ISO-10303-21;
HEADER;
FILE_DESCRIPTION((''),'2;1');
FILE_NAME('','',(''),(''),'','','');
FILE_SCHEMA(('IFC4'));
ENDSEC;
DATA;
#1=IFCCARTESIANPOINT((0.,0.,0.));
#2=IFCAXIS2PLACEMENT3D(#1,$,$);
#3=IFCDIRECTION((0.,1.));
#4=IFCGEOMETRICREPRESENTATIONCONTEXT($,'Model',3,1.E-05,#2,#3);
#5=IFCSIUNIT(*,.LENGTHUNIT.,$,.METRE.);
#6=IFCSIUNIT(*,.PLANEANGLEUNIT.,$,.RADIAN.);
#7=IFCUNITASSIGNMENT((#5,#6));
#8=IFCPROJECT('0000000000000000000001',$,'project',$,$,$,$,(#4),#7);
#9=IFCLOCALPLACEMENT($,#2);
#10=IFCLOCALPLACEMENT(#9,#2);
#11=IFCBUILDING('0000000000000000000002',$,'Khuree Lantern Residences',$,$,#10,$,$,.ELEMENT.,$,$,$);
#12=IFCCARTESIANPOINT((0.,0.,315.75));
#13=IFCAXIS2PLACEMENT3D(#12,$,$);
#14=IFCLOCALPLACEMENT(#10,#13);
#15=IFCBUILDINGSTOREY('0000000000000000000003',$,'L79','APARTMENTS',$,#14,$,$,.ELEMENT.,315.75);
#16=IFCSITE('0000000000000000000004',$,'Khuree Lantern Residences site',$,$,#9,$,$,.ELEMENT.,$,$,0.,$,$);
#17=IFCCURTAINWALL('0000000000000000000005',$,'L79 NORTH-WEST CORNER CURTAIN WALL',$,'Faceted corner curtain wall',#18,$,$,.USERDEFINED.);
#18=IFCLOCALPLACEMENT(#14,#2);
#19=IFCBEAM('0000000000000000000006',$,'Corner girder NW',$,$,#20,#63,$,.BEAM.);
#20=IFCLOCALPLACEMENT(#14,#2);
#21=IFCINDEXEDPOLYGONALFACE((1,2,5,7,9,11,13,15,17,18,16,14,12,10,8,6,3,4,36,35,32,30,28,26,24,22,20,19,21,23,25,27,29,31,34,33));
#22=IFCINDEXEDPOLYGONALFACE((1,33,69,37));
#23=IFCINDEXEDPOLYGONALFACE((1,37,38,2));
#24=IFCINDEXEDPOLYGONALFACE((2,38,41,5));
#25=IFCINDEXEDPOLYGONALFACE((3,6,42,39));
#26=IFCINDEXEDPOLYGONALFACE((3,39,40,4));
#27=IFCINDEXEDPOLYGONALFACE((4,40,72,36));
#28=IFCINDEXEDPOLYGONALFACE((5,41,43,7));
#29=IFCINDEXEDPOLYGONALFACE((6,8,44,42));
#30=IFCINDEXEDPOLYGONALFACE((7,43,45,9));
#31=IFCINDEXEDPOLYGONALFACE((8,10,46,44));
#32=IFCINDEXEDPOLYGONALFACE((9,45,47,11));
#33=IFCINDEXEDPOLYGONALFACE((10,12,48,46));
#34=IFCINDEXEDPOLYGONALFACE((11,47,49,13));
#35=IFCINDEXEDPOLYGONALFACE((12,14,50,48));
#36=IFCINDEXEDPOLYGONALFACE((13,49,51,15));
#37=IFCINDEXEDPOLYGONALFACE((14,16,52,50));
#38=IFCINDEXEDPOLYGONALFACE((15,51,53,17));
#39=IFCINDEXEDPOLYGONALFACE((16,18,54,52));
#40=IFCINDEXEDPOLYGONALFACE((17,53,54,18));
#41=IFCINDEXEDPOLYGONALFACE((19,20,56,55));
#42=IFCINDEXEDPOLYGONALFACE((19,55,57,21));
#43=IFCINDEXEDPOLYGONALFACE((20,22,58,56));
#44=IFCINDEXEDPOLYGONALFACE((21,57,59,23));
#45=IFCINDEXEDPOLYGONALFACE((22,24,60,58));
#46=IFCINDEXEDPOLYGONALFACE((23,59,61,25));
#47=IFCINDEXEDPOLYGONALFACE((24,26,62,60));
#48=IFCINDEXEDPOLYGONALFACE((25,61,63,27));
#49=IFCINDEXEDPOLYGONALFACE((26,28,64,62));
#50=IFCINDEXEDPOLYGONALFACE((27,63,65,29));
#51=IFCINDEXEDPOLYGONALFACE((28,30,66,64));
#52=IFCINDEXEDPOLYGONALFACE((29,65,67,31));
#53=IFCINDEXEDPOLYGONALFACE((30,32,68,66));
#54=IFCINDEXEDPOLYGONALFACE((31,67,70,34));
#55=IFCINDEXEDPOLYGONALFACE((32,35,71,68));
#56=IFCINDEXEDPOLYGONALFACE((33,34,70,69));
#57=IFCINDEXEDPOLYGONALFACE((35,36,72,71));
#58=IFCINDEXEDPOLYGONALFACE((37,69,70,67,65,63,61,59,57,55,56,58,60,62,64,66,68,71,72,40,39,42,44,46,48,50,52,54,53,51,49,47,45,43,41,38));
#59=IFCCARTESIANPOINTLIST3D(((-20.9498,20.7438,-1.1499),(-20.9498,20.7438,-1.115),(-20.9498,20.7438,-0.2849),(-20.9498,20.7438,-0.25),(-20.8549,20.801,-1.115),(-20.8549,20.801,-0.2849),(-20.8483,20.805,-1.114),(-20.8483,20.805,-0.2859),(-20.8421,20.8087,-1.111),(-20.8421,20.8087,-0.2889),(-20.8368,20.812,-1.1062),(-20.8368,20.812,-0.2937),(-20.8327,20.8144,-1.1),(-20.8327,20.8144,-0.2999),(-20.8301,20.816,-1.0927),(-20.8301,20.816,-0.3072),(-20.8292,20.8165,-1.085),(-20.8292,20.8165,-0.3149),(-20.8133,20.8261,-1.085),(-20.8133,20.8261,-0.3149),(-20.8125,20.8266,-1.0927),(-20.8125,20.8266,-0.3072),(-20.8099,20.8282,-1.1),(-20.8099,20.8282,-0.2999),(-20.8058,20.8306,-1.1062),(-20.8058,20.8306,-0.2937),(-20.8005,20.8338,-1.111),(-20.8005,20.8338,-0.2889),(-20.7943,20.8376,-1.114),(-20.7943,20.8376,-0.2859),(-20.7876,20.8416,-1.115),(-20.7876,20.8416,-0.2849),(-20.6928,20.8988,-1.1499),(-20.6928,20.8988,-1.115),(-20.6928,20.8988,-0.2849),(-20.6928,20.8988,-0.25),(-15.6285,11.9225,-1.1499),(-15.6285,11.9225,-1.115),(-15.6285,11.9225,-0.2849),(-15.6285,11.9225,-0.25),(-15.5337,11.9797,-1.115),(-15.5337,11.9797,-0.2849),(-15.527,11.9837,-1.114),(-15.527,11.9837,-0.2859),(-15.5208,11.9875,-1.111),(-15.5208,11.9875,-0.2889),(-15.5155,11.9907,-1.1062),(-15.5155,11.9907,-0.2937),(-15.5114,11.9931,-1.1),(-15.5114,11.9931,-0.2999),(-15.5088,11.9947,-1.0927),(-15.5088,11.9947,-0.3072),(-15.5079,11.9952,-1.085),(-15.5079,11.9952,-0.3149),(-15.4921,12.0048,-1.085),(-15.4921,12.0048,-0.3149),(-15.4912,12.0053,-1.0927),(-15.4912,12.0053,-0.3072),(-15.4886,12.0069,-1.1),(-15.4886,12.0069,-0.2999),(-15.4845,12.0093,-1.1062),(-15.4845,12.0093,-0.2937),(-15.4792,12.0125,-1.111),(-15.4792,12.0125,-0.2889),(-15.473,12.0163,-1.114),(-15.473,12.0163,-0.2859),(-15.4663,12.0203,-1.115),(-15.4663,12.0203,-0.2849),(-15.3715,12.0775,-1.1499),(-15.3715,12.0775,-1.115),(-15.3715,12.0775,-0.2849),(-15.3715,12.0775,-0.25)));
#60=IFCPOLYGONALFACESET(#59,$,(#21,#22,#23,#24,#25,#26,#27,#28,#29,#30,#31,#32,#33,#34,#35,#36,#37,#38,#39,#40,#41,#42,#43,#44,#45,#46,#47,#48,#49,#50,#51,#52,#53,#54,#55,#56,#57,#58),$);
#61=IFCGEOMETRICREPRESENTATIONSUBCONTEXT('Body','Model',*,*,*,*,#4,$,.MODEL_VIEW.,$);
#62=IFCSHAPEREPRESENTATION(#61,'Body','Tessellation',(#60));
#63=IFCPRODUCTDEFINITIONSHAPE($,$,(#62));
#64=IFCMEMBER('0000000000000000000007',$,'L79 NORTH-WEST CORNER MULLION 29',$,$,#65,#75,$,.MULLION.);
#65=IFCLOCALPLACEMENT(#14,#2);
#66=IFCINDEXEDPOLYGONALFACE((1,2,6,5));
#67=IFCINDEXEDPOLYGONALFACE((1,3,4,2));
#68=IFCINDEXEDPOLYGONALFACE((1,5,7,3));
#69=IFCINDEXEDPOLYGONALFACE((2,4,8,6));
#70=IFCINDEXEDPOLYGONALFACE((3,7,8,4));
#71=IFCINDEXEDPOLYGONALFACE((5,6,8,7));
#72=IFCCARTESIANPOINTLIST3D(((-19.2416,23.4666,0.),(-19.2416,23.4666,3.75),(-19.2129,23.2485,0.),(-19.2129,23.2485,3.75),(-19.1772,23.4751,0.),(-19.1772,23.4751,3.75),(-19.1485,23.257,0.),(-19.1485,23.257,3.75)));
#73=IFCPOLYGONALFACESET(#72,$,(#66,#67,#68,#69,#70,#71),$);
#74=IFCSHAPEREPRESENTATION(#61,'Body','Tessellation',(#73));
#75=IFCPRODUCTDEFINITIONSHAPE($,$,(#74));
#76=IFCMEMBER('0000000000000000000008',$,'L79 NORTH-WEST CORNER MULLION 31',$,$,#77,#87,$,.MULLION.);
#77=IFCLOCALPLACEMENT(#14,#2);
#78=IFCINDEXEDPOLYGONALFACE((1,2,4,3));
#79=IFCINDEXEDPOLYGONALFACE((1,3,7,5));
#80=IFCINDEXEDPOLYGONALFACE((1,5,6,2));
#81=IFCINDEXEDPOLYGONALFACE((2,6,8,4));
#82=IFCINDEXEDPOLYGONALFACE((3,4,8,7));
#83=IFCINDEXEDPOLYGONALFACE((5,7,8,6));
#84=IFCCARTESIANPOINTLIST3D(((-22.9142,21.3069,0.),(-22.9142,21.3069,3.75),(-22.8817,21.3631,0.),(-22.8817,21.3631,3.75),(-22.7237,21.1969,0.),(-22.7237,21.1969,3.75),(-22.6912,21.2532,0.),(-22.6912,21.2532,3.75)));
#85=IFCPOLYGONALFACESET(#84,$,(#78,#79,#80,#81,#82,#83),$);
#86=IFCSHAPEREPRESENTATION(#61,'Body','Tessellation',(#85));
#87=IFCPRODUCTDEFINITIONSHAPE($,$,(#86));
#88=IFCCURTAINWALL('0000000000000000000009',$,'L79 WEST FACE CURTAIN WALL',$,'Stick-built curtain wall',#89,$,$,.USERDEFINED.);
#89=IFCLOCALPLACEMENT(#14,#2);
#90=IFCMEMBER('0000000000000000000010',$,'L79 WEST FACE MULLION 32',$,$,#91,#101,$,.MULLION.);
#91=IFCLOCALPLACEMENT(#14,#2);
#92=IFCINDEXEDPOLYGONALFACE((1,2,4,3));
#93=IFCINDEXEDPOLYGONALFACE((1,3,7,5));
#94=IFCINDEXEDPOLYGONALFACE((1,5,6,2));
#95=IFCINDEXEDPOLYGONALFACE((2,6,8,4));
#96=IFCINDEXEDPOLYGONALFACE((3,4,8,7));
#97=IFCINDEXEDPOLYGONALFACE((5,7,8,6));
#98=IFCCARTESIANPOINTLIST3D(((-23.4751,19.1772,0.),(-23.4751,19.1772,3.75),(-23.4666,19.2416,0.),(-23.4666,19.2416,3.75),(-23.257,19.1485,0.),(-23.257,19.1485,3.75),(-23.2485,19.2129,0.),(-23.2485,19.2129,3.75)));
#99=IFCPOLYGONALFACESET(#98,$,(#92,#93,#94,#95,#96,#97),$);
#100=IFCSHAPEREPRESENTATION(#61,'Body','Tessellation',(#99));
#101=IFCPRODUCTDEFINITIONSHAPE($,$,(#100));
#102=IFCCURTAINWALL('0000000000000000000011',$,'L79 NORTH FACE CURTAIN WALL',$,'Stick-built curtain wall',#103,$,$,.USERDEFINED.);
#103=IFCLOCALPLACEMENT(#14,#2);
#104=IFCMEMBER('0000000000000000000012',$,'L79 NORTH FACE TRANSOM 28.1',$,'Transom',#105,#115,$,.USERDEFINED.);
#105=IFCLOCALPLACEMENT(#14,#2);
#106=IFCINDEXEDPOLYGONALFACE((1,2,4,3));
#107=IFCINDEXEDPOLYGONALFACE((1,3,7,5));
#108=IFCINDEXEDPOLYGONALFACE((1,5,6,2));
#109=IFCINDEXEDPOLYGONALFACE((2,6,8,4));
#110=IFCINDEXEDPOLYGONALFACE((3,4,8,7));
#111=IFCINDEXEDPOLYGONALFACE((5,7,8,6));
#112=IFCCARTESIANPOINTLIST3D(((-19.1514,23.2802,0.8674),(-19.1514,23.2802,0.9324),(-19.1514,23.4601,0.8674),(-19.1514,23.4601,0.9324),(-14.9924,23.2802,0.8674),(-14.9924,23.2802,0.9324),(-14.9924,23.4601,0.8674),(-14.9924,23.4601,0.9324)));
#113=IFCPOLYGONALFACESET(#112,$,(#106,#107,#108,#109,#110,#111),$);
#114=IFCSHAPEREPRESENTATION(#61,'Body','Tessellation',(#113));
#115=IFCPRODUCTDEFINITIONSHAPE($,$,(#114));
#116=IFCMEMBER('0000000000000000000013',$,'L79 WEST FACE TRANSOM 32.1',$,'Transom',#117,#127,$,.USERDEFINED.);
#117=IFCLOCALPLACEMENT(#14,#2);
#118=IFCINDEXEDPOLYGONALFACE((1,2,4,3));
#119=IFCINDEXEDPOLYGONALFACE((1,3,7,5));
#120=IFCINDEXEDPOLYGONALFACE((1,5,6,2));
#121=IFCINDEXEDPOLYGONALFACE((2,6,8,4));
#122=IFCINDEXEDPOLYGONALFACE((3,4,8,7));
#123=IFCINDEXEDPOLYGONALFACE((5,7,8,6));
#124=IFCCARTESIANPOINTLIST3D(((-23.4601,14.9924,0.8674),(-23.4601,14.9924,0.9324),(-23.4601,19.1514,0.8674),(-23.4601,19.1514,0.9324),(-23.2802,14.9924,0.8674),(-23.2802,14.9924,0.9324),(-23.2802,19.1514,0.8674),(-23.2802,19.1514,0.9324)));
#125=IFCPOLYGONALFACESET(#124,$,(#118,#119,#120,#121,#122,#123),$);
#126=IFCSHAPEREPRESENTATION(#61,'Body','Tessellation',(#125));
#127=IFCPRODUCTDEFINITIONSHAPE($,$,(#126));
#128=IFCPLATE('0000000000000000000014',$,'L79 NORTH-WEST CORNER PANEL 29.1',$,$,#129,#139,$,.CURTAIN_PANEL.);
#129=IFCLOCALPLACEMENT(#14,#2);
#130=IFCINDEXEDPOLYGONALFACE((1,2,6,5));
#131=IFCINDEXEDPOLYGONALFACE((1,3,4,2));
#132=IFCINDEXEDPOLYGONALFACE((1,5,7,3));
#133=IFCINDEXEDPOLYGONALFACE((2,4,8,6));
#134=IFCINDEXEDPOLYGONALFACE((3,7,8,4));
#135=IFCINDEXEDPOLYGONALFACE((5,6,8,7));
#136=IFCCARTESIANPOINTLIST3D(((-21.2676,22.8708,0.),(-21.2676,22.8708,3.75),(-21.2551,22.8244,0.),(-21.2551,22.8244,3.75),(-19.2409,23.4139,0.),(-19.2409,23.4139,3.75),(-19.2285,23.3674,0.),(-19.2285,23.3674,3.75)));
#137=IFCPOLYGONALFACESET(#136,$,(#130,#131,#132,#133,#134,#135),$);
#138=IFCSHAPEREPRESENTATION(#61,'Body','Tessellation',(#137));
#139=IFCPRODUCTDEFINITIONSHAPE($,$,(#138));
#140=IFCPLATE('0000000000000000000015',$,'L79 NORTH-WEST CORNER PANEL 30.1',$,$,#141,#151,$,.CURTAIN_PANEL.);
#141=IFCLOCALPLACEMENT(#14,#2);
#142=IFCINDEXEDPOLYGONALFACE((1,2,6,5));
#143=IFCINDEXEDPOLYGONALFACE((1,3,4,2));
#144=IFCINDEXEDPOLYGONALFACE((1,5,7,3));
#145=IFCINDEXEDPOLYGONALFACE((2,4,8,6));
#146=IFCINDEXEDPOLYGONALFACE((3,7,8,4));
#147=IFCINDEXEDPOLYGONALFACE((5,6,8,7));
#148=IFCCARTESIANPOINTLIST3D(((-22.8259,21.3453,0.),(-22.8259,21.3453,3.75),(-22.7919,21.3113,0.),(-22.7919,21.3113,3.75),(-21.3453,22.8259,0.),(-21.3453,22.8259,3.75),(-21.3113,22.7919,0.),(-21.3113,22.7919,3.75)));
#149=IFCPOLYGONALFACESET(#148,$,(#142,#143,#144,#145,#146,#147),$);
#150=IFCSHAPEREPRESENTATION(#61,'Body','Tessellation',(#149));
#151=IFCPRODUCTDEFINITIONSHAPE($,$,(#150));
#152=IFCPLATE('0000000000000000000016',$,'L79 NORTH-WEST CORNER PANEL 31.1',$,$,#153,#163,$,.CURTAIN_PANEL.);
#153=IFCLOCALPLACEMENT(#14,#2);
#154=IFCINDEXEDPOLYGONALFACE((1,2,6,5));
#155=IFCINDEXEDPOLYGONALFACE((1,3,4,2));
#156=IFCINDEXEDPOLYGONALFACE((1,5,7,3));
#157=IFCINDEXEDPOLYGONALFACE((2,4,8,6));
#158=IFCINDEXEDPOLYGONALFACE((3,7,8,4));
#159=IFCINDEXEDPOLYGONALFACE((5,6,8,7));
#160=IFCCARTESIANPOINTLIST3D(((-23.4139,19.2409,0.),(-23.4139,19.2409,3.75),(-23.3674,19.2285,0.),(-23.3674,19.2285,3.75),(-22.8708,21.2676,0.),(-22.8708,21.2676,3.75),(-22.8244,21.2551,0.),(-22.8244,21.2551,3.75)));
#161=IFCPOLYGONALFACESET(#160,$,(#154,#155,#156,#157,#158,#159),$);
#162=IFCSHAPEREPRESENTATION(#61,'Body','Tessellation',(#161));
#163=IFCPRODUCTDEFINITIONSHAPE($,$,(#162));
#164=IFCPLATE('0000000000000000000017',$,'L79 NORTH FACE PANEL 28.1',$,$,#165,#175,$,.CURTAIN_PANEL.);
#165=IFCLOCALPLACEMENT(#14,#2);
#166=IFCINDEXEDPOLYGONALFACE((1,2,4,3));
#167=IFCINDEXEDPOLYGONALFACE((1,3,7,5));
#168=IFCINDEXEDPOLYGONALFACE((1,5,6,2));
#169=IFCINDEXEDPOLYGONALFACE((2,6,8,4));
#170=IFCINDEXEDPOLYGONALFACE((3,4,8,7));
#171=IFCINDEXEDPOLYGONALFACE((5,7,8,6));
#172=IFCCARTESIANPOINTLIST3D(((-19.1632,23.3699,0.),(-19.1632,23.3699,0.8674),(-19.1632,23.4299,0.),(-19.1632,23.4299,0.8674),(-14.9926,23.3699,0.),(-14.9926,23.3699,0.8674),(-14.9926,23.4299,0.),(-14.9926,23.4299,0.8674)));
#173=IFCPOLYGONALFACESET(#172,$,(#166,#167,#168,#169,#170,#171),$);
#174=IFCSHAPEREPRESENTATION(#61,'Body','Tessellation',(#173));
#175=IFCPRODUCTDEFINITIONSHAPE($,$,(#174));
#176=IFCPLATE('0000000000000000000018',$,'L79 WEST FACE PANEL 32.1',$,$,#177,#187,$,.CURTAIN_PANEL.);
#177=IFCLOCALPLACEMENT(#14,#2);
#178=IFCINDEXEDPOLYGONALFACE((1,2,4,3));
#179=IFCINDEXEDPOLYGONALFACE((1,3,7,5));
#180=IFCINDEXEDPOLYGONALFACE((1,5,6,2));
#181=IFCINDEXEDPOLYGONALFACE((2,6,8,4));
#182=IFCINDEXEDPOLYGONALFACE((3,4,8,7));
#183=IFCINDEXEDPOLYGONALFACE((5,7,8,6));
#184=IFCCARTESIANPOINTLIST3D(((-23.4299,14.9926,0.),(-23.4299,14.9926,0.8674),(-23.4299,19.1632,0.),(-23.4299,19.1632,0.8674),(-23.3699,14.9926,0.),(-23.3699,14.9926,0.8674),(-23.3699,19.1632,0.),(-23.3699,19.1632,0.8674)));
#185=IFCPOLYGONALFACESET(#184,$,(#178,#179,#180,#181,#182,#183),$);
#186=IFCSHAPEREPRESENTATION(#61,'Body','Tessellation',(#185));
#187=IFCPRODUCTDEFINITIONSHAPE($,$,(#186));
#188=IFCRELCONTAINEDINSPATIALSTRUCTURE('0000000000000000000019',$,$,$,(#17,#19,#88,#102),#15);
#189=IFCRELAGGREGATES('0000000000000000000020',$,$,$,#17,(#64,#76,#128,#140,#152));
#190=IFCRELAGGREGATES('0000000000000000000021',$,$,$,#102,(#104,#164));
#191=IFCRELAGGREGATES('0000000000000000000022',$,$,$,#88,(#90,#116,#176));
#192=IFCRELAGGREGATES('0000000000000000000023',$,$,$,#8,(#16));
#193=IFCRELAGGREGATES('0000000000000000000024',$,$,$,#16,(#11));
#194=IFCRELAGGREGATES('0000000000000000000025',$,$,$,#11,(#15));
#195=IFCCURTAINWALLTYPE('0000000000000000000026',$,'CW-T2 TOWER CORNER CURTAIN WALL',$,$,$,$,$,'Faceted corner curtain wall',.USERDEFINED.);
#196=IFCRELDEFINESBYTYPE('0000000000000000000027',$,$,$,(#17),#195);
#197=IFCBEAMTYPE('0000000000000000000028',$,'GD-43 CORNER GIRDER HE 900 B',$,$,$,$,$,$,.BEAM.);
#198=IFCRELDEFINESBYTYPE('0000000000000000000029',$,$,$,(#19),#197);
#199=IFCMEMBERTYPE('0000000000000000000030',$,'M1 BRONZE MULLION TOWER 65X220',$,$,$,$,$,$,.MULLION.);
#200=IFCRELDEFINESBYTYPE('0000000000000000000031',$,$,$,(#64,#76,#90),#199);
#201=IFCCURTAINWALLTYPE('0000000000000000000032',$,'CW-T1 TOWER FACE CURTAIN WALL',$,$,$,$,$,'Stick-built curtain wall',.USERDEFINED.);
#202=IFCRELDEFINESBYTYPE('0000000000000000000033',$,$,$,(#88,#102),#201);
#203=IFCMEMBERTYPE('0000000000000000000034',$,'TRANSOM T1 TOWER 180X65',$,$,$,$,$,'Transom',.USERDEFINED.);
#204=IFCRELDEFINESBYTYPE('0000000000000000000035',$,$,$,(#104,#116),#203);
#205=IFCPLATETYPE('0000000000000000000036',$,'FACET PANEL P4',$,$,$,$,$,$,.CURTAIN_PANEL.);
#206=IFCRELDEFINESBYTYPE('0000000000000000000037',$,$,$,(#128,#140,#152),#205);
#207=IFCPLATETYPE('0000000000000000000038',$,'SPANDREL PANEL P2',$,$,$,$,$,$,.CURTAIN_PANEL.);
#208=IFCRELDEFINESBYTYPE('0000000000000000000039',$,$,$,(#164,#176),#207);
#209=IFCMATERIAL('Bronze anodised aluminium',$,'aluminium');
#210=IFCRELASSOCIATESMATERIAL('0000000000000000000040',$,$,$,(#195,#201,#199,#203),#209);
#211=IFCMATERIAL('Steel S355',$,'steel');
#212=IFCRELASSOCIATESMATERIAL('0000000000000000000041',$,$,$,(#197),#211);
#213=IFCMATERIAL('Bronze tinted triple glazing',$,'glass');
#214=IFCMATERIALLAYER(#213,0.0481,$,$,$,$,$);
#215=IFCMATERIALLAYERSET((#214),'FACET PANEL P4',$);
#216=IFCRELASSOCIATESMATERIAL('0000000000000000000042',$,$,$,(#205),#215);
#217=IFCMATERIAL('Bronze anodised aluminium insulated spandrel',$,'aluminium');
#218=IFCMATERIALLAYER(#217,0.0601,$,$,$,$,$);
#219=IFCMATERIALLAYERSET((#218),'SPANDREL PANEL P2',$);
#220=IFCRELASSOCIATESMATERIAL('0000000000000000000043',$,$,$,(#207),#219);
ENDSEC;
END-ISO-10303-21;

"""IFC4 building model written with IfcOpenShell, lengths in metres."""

from ifc_helpers import new_model, si_unit, direction, frame, origin, origin_2d, place, context, subcontext, project, spatial, rectangle, i_section, extrude, material, layer, layer_set, material_profile, profile_set, type_object, element, aggregate, save


model = new_model("IFC4")

# Units and contexts
model_context = context("Model", 3, precision=1e-05, world=origin(), true_north=direction((0.0, 1.0)))
body_context = subcontext(model_context, "Body", "Model", "MODEL_VIEW")
ifc_project = project(units=[si_unit("LENGTHUNIT", "METRE"), si_unit("PLANEANGLEUNIT", "RADIAN")], contexts=[model_context])

# Site, building, storey
site_placement = place(None, origin())
site = spatial("IfcSite", under=ifc_project, at=site_placement, Name="Khuree Lantern Residences site", CompositionType="ELEMENT", RefElevation=0.0)
building_placement = place(site_placement, origin())
building = spatial("IfcBuilding", under=site, at=building_placement, Name="Khuree Lantern Residences", CompositionType="ELEMENT")
storey_placement = place(building_placement, frame((0.0, 0.0, 315.75)))
storey = spatial("IfcBuildingStorey", under=building, at=storey_placement, Name="L79", Description="APARTMENTS", CompositionType="ELEMENT", Elevation=315.75)

# Shared definitions
ifc_material_1 = material(Name="Steel S355", Category="steel")

# Curtain wall
ifc_material_2 = material(Name="Bronze anodised aluminium", Category="aluminium")
curtain_wall_type_1 = type_object("IfcCurtainWallType", Name="CW-T2 TOWER CORNER CURTAIN WALL", ElementType="Faceted corner curtain wall", PredefinedType="USERDEFINED", material=ifc_material_2)
curtain_wall_1_placement = place(storey_placement, origin())
curtain_wall_1 = element("IfcCurtainWall", 1, at=curtain_wall_1_placement, inside=storey, type_object=curtain_wall_type_1, Name="L79 NORTH-WEST CORNER CURTAIN WALL", ObjectType="Faceted corner curtain wall", PredefinedType="USERDEFINED")

# Beam
ifc_material_profile_1 = material_profile(ifc_material_1, i_section(OverallWidth=0.3, OverallDepth=0.8999, WebThickness=0.0186, FlangeThickness=0.0349, FilletRadius=0.03, at=origin_2d()), Name="HE 900 B")
ifc_profile_set_1 = profile_set([ifc_material_profile_1], Name="Steel S355")
beam_type_1 = type_object("IfcBeamType", Name="GD-43 CORNER GIRDER HE 900 B", PredefinedType="BEAM", material=ifc_profile_set_1)
beam_1_placement = place(storey_placement, frame((-20.8213, 20.8213, -0.7), z_axis=(0.51653, -0.856269, 0.0), x_axis=(0.856269, 0.51653, 0.0)))
element("IfcBeam", 2, at=beam_1_placement, inside=storey, type_object=beam_type_1, Name="Corner girder NW", PredefinedType="BEAM", context=body_context, shape_type="SweptSolid", body=[
    extrude(i_section(OverallWidth=0.3, OverallDepth=0.8999, WebThickness=0.0186, FlangeThickness=0.0349, FilletRadius=0.03, at=origin_2d()), origin(), (0.0, 0.0, 1.0), 10.302),
])

# Members
ifc_material_profile_2 = material_profile(ifc_material_2, rectangle(XDim=0.0649, YDim=0.22, at=origin_2d()), Name="M1 65X220")
ifc_profile_set_2 = profile_set([ifc_material_profile_2], Name="Bronze anodised aluminium")
member_type_1 = type_object("IfcMemberType", Name="M1 BRONZE MULLION TOWER 65X220", PredefinedType="MULLION", material=ifc_profile_set_2)
member_1_placement = place(storey_placement, frame((-19.1951, 23.3618, 0.0), z_axis=(0.0, 0.0, 1.0), x_axis=(-0.991445, -0.130526, 0.0)))
member_1 = element("IfcMember", 3, at=member_1_placement, type_object=member_type_1, Name="L79 NORTH-WEST CORNER MULLION 29", PredefinedType="MULLION", context=body_context, shape_type="SweptSolid", body=[
    extrude(rectangle(XDim=0.0649, YDim=0.22, at=origin_2d()), origin(), (0.0, 0.0, 1.0), 3.75),
])
member_2_placement = place(storey_placement, frame((-22.8027, 21.28, 0.0), z_axis=(0.0, 0.0, 1.0), x_axis=(-0.5, -0.866025, 0.0)))
member_2 = element("IfcMember", 4, at=member_2_placement, type_object=member_type_1, Name="L79 NORTH-WEST CORNER MULLION 31", PredefinedType="MULLION", context=body_context, shape_type="SweptSolid", body=[
    extrude(rectangle(XDim=0.0649, YDim=0.22, at=origin_2d()), origin(), (0.0, 0.0, 1.0), 3.75),
])

# Curtain walls, members
curtain_wall_type_2 = type_object("IfcCurtainWallType", Name="CW-T1 TOWER FACE CURTAIN WALL", ElementType="Stick-built curtain wall", PredefinedType="USERDEFINED", material=ifc_material_2)
curtain_wall_2_placement = place(storey_placement, origin())
curtain_wall_2 = element("IfcCurtainWall", 5, at=curtain_wall_2_placement, inside=storey, type_object=curtain_wall_type_2, Name="L79 WEST FACE CURTAIN WALL", ObjectType="Stick-built curtain wall", PredefinedType="USERDEFINED")
member_3_placement = place(storey_placement, frame((-23.3618, 19.1951, 0.0), z_axis=(0.0, 0.0, 1.0), x_axis=(-0.130526, -0.991445, 0.0)))
member_3 = element("IfcMember", 6, at=member_3_placement, type_object=member_type_1, Name="L79 WEST FACE MULLION 32", PredefinedType="MULLION", context=body_context, shape_type="SweptSolid", body=[
    extrude(rectangle(XDim=0.0649, YDim=0.22, at=origin_2d()), origin(), (0.0, 0.0, 1.0), 3.75),
])
curtain_wall_3_placement = place(storey_placement, origin())
curtain_wall_3 = element("IfcCurtainWall", 7, at=curtain_wall_3_placement, inside=storey, type_object=curtain_wall_type_2, Name="L79 NORTH FACE CURTAIN WALL", ObjectType="Stick-built curtain wall", PredefinedType="USERDEFINED")
ifc_material_profile_3 = material_profile(ifc_material_2, rectangle(XDim=0.1799, YDim=0.0649, at=origin_2d()), Name="T1 180X65")
ifc_profile_set_3 = profile_set([ifc_material_profile_3], Name="Bronze anodised aluminium")
member_type_2 = type_object("IfcMemberType", Name="TRANSOM T1 TOWER 180X65", ElementType="Transom", PredefinedType="USERDEFINED", material=ifc_profile_set_3)
member_4_placement = place(storey_placement, frame((-14.9924, 23.3701, 0.8999), z_axis=(-1.0, 0.0, 0.0), x_axis=(0.0, -1.0, 0.0)))
member_4 = element("IfcMember", 8, at=member_4_placement, type_object=member_type_2, Name="L79 NORTH FACE TRANSOM 28.1", ObjectType="Transom", PredefinedType="USERDEFINED", context=body_context, shape_type="SweptSolid", body=[
    extrude(rectangle(XDim=0.1799, YDim=0.0649, at=origin_2d()), origin(), (0.0, 0.0, 1.0), 4.1589),
])

# Member
member_5_placement = place(storey_placement, frame((-23.3701, 19.1514, 0.8999), z_axis=(0.0, -1.0, 0.0), x_axis=(1.0, 0.0, 0.0)))
member_5 = element("IfcMember", 9, at=member_5_placement, type_object=member_type_2, Name="L79 WEST FACE TRANSOM 32.1", ObjectType="Transom", PredefinedType="USERDEFINED", context=body_context, shape_type="SweptSolid", body=[
    extrude(rectangle(XDim=0.1799, YDim=0.0649, at=origin_2d()), origin(), (0.0, 0.0, 1.0), 4.1589),
])

# Plates
ifc_material_3 = material(Name="Bronze tinted triple glazing", Category="glass")
ifc_layer_1 = layer(ifc_material_3, 0.0481)
ifc_layer_set_1 = layer_set([ifc_layer_1], Name="FACET PANEL P4")
plate_type_1 = type_object("IfcPlateType", Name="FACET PANEL P4", PredefinedType="CURTAIN_PANEL", material=ifc_layer_set_1)
plate_1_placement = place(storey_placement, frame((-20.248, 23.1191, 0.0), z_axis=(0.0, 0.0, 1.0), x_axis=(-0.965926, -0.258819, 0.0)))
plate_1 = element("IfcPlate", 10, at=plate_1_placement, type_object=plate_type_1, Name="L79 NORTH-WEST CORNER PANEL 29.1", PredefinedType="CURTAIN_PANEL", context=body_context, shape_type="SweptSolid", body=[
    extrude(rectangle(XDim=2.0981, YDim=0.0481, at=origin_2d()), origin(), (0.0, 0.0, 1.0), 3.75),
])
plate_2_placement = place(storey_placement, frame((-22.0686, 22.0686, 0.0), z_axis=(0.0, 0.0, 1.0), x_axis=(-0.707107, -0.707107, 0.0)))
plate_2 = element("IfcPlate", 11, at=plate_2_placement, type_object=plate_type_1, Name="L79 NORTH-WEST CORNER PANEL 30.1", PredefinedType="CURTAIN_PANEL", context=body_context, shape_type="SweptSolid", body=[
    extrude(rectangle(XDim=2.094, YDim=0.0481, at=origin_2d()), origin(), (0.0, 0.0, 1.0), 3.75),
])
plate_3_placement = place(storey_placement, frame((-23.1191, 20.248, 0.0), z_axis=(0.0, 0.0, 1.0), x_axis=(-0.258819, -0.965926, 0.0)))
plate_3 = element("IfcPlate", 12, at=plate_3_placement, type_object=plate_type_1, Name="L79 NORTH-WEST CORNER PANEL 31.1", PredefinedType="CURTAIN_PANEL", context=body_context, shape_type="SweptSolid", body=[
    extrude(rectangle(XDim=2.0981, YDim=0.0481, at=origin_2d()), origin(), (0.0, 0.0, 1.0), 3.75),
])
aggregate(curtain_wall_1, [member_1, member_2, plate_1, plate_2, plate_3])
ifc_material_4 = material(Name="Bronze anodised aluminium insulated spandrel", Category="aluminium")
ifc_layer_2 = layer(ifc_material_4, 0.0601)
ifc_layer_set_2 = layer_set([ifc_layer_2], Name="SPANDREL PANEL P2")
plate_type_2 = type_object("IfcPlateType", Name="SPANDREL PANEL P2", PredefinedType="CURTAIN_PANEL", material=ifc_layer_set_2)
plate_4_placement = place(storey_placement, frame((-17.0779, 23.3999, 0.0), z_axis=(0.0, 0.0, 1.0), x_axis=(-1.0, 0.0, 0.0)))
plate_4 = element("IfcPlate", 13, at=plate_4_placement, type_object=plate_type_2, Name="L79 NORTH FACE PANEL 28.1", PredefinedType="CURTAIN_PANEL", context=body_context, shape_type="SweptSolid", body=[
    extrude(rectangle(XDim=4.1707, YDim=0.0601, at=origin_2d()), origin(), (0.0, 0.0, 1.0), 0.8674),
])
plate_5_placement = place(storey_placement, frame((-23.3999, 17.0779, 0.0), z_axis=(0.0, 0.0, 1.0), x_axis=(0.0, -1.0, 0.0)))
plate_5 = element("IfcPlate", 14, at=plate_5_placement, type_object=plate_type_2, Name="L79 WEST FACE PANEL 32.1", PredefinedType="CURTAIN_PANEL", context=body_context, shape_type="SweptSolid", body=[
    extrude(rectangle(XDim=4.1707, YDim=0.0601, at=origin_2d()), origin(), (0.0, 0.0, 1.0), 0.8674),
])
aggregate(curtain_wall_3, [member_4, plate_4])
aggregate(curtain_wall_2, [member_3, member_5, plate_5])

save(model, "model.ifc")
